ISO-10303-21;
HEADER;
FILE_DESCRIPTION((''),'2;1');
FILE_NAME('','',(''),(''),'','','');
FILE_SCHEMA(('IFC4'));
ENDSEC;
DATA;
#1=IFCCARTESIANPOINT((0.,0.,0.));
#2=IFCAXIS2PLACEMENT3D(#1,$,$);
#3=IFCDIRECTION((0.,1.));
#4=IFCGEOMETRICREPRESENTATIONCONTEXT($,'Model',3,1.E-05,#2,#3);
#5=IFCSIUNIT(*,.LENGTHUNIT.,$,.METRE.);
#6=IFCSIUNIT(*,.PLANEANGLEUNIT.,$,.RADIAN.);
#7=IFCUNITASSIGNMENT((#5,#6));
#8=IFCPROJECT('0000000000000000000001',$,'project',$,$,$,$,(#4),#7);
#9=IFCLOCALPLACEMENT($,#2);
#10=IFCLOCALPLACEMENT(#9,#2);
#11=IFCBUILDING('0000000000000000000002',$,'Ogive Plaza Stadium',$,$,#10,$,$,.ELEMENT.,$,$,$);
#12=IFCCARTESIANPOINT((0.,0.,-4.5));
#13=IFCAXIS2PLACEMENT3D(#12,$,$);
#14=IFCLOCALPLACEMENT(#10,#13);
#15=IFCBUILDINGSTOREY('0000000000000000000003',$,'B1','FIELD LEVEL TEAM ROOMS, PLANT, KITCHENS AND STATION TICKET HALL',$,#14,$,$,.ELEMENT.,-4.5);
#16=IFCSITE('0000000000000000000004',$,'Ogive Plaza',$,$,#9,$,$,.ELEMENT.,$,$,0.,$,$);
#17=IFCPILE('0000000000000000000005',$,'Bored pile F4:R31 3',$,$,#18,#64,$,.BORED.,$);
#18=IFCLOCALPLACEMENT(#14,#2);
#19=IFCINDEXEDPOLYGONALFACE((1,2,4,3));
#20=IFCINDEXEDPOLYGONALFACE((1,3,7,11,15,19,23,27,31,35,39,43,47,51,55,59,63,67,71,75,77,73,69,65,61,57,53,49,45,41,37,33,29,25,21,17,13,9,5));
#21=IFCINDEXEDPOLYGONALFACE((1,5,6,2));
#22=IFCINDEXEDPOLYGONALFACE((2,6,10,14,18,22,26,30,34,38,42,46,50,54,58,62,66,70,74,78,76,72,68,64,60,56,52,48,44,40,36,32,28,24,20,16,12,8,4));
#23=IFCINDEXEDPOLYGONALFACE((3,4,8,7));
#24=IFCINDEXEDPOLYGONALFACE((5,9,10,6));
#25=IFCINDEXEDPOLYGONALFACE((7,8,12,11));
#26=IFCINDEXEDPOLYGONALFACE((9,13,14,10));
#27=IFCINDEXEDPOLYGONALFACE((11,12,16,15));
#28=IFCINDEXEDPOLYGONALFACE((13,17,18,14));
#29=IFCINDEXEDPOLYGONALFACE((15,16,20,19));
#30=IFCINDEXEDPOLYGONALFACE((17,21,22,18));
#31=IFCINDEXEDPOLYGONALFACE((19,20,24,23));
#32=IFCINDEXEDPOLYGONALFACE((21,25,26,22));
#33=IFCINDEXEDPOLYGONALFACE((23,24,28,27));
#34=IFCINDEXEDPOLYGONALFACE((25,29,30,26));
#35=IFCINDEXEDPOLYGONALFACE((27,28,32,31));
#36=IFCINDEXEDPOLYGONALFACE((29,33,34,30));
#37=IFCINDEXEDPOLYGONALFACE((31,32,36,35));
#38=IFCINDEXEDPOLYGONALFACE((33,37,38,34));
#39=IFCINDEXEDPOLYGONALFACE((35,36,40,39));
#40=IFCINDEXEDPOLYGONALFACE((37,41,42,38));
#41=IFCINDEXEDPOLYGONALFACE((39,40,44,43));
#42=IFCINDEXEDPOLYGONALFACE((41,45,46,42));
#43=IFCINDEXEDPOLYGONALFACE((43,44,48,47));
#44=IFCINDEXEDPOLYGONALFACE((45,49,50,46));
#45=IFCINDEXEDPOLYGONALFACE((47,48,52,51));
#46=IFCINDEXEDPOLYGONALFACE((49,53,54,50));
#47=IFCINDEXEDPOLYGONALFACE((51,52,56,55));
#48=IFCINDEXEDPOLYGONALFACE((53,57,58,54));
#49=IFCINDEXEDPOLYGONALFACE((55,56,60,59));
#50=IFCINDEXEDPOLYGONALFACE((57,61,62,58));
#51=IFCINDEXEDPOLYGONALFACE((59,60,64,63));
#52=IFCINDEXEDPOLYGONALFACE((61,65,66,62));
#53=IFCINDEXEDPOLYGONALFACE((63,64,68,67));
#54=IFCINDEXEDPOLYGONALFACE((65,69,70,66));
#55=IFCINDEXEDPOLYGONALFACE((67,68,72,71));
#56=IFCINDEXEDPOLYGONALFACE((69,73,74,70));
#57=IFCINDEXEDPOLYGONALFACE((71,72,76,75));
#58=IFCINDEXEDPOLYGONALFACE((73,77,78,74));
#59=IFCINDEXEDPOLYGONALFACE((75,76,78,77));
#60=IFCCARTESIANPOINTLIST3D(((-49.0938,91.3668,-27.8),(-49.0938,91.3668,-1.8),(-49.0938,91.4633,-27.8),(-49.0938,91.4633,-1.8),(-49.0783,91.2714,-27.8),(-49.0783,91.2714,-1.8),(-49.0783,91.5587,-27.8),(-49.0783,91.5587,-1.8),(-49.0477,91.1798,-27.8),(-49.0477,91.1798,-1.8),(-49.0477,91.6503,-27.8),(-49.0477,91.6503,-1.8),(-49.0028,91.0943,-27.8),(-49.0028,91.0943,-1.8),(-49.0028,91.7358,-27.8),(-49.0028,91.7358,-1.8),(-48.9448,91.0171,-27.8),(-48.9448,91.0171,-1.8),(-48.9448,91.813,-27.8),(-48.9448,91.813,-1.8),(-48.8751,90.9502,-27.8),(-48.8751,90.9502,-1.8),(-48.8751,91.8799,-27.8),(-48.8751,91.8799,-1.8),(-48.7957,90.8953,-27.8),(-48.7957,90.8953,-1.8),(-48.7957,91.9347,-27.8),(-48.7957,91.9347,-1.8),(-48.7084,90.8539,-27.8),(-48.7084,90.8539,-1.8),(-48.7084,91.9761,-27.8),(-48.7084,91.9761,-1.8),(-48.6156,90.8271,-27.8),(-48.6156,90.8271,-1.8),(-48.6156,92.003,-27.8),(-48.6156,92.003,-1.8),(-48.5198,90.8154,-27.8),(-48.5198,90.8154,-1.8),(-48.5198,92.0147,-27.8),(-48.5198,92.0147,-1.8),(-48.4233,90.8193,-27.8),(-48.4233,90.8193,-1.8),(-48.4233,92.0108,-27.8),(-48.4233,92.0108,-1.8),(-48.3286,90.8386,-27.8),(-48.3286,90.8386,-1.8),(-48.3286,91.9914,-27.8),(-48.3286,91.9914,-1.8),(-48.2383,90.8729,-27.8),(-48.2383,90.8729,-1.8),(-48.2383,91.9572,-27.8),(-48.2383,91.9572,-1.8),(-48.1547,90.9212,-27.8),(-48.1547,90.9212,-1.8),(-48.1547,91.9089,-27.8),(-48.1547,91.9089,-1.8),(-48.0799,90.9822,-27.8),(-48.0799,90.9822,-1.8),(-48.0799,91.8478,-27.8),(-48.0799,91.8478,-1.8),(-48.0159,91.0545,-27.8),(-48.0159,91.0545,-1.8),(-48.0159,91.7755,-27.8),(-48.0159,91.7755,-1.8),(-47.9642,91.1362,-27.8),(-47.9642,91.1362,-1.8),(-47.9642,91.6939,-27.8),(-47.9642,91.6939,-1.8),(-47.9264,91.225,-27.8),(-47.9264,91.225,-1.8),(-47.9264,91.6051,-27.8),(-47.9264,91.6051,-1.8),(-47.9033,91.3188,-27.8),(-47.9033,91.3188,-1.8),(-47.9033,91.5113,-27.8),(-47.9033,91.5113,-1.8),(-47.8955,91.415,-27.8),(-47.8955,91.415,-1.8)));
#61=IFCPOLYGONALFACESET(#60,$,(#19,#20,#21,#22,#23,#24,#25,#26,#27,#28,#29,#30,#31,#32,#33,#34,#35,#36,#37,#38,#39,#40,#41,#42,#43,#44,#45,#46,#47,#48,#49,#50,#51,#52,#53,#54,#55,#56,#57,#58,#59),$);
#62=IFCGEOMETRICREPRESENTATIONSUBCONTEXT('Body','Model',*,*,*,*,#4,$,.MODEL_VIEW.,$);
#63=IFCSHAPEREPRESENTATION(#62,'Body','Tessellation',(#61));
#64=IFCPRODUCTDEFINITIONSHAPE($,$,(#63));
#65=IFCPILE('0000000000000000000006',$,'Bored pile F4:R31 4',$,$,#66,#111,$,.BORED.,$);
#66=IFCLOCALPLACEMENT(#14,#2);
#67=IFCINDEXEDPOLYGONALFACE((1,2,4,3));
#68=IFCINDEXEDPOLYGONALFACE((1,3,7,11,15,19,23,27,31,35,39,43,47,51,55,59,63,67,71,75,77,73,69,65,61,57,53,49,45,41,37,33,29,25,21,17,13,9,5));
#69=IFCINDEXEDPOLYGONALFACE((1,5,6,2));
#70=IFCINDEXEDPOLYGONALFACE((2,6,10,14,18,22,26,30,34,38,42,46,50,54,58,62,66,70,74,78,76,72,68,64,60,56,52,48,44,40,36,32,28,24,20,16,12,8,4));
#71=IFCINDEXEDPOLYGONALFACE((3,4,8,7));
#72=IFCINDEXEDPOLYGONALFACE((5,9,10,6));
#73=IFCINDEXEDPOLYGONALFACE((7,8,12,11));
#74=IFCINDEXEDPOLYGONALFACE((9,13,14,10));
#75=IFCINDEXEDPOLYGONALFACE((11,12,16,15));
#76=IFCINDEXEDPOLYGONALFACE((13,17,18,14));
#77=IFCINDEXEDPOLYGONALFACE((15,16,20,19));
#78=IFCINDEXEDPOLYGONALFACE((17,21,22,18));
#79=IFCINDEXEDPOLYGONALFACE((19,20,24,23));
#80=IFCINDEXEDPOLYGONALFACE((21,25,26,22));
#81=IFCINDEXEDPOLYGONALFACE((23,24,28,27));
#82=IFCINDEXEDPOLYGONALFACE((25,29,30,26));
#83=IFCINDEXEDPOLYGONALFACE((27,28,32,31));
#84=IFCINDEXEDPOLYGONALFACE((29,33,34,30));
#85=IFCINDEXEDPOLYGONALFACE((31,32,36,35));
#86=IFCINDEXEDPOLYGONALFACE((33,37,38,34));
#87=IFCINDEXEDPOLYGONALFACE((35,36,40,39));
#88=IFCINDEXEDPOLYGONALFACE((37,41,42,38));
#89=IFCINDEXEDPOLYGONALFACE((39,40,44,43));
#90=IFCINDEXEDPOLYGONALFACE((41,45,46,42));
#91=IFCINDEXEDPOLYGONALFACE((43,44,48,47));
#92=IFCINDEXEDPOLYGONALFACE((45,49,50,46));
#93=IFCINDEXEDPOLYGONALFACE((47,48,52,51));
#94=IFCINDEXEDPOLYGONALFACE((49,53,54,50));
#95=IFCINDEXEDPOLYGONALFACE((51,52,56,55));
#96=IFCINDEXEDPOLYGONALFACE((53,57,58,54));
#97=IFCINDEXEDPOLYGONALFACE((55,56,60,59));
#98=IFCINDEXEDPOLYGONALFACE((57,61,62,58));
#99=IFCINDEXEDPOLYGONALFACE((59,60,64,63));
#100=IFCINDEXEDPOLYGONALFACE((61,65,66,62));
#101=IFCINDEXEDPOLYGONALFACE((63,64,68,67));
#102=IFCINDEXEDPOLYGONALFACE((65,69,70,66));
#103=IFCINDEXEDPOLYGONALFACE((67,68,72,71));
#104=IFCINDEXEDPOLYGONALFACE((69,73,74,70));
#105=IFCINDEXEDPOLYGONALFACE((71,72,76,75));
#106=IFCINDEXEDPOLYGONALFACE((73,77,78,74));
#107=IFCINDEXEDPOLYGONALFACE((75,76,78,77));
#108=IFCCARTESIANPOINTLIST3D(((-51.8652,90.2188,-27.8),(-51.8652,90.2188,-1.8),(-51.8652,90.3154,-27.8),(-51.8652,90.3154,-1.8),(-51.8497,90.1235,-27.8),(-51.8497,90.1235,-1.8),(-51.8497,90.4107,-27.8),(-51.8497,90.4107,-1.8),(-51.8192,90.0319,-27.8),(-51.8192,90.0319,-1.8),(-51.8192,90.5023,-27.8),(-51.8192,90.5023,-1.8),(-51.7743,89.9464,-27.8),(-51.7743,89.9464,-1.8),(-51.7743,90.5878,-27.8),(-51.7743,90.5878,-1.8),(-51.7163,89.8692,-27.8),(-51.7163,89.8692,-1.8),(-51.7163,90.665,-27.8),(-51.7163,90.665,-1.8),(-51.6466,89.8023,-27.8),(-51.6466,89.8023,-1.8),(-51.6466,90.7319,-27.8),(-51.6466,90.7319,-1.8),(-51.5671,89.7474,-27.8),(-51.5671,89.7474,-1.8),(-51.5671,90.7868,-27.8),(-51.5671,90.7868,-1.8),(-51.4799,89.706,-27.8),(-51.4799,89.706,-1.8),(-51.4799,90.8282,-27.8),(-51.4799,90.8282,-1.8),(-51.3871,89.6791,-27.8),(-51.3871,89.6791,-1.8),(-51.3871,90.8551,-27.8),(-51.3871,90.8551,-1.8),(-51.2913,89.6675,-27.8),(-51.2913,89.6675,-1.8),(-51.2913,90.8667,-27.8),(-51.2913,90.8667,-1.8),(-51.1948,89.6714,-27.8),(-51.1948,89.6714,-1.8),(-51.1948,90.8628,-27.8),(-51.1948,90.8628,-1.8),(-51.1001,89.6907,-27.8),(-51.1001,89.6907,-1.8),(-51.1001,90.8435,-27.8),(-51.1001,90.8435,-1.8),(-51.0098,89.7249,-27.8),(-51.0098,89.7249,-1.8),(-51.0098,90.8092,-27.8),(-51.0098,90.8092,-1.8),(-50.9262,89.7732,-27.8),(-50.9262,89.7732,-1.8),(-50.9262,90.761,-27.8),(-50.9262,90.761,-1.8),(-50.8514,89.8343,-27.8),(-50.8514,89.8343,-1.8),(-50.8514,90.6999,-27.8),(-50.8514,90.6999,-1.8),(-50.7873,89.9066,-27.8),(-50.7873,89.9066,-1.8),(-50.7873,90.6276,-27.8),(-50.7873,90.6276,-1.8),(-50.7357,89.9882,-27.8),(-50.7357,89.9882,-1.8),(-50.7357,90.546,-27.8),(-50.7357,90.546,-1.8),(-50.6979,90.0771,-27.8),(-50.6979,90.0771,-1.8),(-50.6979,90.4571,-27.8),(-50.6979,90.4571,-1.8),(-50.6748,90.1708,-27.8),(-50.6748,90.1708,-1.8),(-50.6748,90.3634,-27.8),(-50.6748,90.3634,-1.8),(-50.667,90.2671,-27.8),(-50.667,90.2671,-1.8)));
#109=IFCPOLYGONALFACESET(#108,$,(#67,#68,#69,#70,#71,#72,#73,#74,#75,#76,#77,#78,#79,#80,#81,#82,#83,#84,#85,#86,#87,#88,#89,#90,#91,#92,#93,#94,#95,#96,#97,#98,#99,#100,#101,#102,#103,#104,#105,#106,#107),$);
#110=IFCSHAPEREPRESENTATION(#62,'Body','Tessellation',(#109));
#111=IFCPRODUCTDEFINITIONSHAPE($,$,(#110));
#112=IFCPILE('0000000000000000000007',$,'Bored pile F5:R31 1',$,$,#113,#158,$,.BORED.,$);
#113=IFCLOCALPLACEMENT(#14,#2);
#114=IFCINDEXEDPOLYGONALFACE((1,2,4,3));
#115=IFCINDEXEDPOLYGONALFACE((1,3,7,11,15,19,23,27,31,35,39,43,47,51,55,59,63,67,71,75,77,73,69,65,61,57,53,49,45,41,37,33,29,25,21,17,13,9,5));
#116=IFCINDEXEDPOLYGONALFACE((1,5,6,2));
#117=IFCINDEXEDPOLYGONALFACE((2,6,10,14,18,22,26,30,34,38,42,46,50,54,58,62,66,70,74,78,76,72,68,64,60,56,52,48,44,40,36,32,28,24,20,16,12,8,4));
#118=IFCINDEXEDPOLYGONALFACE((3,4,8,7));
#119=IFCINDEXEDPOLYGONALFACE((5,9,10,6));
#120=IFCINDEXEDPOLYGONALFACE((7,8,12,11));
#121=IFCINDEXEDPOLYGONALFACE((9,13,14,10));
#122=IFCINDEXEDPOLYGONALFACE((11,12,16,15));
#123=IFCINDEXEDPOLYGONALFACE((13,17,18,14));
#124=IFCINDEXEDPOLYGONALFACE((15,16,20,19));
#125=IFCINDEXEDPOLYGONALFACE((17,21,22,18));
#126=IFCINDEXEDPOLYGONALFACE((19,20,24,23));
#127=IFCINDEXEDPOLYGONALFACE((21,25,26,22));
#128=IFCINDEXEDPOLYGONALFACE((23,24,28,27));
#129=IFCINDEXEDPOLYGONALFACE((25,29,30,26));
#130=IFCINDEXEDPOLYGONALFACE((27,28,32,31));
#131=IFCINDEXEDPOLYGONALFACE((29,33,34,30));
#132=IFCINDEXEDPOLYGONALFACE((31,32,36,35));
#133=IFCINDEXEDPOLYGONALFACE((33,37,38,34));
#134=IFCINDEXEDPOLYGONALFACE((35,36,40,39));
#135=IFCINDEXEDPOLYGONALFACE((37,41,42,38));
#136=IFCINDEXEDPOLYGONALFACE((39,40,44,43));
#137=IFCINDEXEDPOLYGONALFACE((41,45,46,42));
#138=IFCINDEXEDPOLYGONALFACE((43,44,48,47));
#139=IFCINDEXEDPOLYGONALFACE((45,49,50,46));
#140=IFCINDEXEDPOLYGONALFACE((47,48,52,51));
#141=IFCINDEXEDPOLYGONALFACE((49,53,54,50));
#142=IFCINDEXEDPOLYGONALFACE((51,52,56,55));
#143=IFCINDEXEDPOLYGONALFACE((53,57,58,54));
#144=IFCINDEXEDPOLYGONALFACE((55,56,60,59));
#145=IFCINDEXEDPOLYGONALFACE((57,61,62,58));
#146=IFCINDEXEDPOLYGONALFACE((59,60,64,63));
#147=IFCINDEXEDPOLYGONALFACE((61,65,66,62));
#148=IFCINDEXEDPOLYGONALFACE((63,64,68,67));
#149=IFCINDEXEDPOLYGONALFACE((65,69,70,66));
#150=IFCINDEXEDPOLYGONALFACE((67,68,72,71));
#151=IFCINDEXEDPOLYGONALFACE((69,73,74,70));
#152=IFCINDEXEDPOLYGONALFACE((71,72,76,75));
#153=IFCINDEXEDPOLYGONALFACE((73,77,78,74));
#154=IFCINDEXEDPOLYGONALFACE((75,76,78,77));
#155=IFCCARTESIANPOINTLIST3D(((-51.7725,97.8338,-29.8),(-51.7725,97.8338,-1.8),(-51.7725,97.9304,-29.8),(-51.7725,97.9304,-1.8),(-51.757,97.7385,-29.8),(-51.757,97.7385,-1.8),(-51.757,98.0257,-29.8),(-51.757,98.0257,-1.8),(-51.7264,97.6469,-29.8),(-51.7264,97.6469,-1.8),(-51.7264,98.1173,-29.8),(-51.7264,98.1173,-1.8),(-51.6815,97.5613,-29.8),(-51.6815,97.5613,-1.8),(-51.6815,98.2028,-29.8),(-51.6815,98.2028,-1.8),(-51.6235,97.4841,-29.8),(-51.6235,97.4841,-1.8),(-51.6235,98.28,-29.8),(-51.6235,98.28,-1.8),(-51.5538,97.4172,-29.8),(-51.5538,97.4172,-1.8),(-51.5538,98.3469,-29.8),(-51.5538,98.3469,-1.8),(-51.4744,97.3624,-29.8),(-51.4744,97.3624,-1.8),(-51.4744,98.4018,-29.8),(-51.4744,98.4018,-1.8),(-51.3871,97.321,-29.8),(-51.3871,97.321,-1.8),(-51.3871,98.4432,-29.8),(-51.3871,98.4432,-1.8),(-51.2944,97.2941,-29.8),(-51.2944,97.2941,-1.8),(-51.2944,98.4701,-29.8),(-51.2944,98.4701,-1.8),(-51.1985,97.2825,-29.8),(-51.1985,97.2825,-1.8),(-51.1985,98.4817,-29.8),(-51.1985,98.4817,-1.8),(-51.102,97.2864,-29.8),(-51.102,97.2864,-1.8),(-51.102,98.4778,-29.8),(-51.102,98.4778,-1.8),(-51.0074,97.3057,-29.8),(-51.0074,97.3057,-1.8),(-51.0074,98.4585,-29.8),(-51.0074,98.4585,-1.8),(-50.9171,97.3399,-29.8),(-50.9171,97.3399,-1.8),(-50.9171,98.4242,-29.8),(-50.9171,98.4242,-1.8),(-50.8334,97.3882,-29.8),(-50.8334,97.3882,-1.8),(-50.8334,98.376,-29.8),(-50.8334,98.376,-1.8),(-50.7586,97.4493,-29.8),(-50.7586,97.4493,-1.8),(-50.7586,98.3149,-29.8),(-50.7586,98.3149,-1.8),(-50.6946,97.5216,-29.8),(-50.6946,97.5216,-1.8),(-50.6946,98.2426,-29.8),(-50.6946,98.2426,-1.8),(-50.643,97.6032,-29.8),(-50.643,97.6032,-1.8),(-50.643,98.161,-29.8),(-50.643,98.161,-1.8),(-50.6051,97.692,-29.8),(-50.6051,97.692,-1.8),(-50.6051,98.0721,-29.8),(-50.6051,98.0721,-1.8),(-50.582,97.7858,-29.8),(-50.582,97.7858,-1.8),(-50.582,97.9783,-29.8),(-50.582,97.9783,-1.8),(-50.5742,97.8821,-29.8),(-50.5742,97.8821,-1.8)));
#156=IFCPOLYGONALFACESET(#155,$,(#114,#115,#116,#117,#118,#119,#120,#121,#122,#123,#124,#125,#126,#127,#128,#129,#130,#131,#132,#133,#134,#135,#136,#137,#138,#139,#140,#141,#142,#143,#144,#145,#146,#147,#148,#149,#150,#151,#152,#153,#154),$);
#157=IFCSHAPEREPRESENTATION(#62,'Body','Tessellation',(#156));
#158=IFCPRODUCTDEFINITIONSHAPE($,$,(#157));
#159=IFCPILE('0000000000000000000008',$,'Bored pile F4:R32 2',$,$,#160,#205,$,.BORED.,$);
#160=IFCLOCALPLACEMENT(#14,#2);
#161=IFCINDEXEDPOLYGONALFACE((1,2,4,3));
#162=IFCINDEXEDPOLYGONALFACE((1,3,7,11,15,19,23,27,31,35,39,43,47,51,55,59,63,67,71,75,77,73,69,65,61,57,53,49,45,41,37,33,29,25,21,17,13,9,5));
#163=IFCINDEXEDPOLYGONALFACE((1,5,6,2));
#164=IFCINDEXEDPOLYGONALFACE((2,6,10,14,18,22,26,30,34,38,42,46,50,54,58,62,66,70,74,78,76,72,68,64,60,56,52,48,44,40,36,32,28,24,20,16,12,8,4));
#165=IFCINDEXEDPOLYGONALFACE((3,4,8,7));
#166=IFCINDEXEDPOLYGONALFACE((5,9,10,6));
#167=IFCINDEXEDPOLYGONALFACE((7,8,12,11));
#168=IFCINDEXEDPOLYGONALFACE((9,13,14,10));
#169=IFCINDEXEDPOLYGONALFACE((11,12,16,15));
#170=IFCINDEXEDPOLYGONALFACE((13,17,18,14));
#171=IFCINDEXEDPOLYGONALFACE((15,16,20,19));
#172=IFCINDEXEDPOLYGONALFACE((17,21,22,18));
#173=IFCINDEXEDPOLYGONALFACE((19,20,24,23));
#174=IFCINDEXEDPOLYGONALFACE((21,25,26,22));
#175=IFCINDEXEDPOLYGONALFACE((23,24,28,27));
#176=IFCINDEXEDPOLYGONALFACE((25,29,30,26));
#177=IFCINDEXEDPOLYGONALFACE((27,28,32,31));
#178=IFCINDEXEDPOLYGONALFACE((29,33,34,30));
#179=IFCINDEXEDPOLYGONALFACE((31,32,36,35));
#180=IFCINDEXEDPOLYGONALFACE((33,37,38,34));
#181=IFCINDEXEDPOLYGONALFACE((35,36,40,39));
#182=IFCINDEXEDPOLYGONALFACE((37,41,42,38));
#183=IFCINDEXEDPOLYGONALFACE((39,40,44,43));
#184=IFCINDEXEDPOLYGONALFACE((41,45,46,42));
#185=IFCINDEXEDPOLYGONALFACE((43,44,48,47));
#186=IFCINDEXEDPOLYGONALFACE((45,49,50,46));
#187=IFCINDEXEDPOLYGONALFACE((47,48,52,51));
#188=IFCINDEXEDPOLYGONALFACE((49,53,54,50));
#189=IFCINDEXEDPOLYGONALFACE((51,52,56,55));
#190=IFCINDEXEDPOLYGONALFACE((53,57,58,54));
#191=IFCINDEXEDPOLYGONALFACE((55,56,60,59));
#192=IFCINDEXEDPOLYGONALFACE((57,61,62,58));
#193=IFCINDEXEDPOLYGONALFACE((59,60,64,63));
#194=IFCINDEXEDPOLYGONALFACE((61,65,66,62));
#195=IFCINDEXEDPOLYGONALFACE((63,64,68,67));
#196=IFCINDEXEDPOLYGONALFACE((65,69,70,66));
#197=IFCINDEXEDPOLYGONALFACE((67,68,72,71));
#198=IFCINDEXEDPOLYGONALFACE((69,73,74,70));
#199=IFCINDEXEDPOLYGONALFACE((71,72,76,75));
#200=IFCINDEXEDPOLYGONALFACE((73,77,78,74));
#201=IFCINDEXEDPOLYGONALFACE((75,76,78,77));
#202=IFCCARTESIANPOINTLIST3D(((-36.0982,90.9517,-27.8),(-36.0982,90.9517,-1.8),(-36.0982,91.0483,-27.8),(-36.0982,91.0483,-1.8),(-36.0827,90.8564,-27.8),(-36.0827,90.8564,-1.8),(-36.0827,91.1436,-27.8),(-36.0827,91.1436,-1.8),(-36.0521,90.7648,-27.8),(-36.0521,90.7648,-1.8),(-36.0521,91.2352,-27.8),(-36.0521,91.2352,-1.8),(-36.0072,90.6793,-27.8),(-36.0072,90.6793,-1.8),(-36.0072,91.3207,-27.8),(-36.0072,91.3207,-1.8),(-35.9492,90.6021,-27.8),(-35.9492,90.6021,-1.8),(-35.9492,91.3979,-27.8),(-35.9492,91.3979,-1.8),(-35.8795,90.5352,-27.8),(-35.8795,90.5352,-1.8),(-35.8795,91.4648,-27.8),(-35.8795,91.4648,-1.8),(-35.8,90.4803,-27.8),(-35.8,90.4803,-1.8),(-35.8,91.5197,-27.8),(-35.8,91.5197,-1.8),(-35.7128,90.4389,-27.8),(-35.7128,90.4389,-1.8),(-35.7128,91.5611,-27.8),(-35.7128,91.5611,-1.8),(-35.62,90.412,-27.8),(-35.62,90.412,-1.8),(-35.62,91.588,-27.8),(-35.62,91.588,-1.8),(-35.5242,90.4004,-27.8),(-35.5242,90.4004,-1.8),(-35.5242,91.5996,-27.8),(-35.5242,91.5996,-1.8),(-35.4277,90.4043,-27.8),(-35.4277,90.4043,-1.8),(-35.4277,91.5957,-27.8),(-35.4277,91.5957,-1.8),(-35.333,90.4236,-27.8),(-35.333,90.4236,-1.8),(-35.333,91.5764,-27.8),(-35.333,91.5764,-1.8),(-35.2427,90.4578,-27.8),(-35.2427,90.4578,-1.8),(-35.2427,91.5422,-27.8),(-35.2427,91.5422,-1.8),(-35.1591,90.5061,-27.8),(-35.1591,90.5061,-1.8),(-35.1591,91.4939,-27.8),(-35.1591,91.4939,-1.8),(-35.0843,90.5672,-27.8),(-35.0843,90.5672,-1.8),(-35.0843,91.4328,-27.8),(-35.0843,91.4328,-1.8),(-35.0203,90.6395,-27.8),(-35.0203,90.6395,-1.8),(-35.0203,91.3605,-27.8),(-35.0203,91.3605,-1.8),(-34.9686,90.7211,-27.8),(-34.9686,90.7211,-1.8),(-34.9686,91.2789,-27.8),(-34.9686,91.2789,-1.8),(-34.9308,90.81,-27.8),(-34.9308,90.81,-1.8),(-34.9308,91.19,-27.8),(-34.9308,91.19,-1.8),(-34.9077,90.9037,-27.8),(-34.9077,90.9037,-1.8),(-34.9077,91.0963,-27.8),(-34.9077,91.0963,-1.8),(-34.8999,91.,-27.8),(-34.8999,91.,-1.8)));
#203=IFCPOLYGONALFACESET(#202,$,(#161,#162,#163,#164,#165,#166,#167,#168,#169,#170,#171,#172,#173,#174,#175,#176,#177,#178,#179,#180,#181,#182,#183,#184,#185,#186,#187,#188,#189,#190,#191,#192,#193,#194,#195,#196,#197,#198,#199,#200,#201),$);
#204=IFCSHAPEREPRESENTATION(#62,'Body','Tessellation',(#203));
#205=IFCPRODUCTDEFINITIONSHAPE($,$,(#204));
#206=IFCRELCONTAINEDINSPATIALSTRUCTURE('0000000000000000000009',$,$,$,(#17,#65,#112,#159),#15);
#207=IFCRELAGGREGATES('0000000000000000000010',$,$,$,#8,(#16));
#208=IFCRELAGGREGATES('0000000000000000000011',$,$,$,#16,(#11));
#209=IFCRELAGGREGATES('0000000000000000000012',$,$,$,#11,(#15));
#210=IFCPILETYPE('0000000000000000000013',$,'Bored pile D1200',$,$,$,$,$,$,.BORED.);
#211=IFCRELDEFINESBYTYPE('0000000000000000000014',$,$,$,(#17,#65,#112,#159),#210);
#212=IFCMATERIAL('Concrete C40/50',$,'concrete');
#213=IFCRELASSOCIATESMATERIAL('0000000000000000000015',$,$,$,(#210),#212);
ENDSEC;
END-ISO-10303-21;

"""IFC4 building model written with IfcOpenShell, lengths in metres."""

from ifc_helpers import new_model, si_unit, direction, frame, origin, origin_2d, place, context, subcontext, project, spatial, circle, extrude, material, material_profile, profile_set, type_object, element, save


model = new_model("IFC4")

# Units and contexts
model_context = context("Model", 3, precision=1e-05, world=origin(), true_north=direction((0.0, 1.0)))
body_context = subcontext(model_context, "Body", "Model", "MODEL_VIEW")
ifc_project = project(units=[si_unit("LENGTHUNIT", "METRE"), si_unit("PLANEANGLEUNIT", "RADIAN")], contexts=[model_context])

# Site, building, storey
site_placement = place(None, origin())
site = spatial("IfcSite", under=ifc_project, at=site_placement, Name="Ogive Plaza", CompositionType="ELEMENT", RefElevation=0.0)
building_placement = place(site_placement, origin())
building = spatial("IfcBuilding", under=site, at=building_placement, Name="Ogive Plaza Stadium", CompositionType="ELEMENT")
storey_placement = place(building_placement, frame((0.0, 0.0, -4.5)))
storey = spatial("IfcBuildingStorey", under=building, at=storey_placement, Name="B1", Description="FIELD LEVEL TEAM ROOMS, PLANT, KITCHENS AND STATION TICKET HALL", CompositionType="ELEMENT", Elevation=-4.5)

# Piles
ifc_material_1 = material(Name="Concrete C40/50", Category="concrete")
ifc_material_profile_1 = material_profile(ifc_material_1, circle(Radius=0.6001, at=origin_2d()), Name="RC D1200")
ifc_profile_set_1 = profile_set([ifc_material_profile_1], Name="Concrete C40/50")
pile_type_1 = type_object("IfcPileType", Name="Bored pile D1200", PredefinedType="BORED", material=ifc_profile_set_1)
for number, where, z_axis, x_axis, name in (
    (1, (-48.4956, 91.415, -1.8), (0.0, 0.0, -1.0), (1.0, 0.0, 0.0), "Bored pile F4:R31 3"),
    (2, (-51.2671, 90.2671, -1.8), (0.0, 0.0, -1.0), (1.0, 0.0, 0.0), "Bored pile F4:R31 4"),
):
    element("IfcPile", number, at=place(storey_placement, frame(where, z_axis=z_axis, x_axis=x_axis)), inside=storey, type_object=pile_type_1, Name=name, PredefinedType="BORED", context=body_context, shape_type="SweptSolid", body=[
        extrude(circle(Radius=0.6001, at=origin_2d()), origin(), (0.0, 0.0, 1.0), 26.0),
    ])
pile_1_placement = place(storey_placement, frame((-51.1743, 97.8821, -1.8), z_axis=(0.0, 0.0, -1.0), x_axis=(1.0, 0.0, 0.0)))
element("IfcPile", 3, at=pile_1_placement, inside=storey, type_object=pile_type_1, Name="Bored pile F5:R31 1", PredefinedType="BORED", context=body_context, shape_type="SweptSolid", body=[
    extrude(circle(Radius=0.6001, at=origin_2d()), origin(), (0.0, 0.0, 1.0), 28.0),
])
for number, where, z_axis, x_axis, name in (
    (4, (-35.5, 91.0, -1.8), (0.0, 0.0, -1.0), (1.0, 0.0, 0.0), "Bored pile F4:R32 2"),
):
    element("IfcPile", number, at=place(storey_placement, frame(where, z_axis=z_axis, x_axis=x_axis)), inside=storey, type_object=pile_type_1, Name=name, PredefinedType="BORED", context=body_context, shape_type="SweptSolid", body=[
        extrude(circle(Radius=0.6001, at=origin_2d()), origin(), (0.0, 0.0, 1.0), 26.0),
    ])

save(model, "model.ifc")
